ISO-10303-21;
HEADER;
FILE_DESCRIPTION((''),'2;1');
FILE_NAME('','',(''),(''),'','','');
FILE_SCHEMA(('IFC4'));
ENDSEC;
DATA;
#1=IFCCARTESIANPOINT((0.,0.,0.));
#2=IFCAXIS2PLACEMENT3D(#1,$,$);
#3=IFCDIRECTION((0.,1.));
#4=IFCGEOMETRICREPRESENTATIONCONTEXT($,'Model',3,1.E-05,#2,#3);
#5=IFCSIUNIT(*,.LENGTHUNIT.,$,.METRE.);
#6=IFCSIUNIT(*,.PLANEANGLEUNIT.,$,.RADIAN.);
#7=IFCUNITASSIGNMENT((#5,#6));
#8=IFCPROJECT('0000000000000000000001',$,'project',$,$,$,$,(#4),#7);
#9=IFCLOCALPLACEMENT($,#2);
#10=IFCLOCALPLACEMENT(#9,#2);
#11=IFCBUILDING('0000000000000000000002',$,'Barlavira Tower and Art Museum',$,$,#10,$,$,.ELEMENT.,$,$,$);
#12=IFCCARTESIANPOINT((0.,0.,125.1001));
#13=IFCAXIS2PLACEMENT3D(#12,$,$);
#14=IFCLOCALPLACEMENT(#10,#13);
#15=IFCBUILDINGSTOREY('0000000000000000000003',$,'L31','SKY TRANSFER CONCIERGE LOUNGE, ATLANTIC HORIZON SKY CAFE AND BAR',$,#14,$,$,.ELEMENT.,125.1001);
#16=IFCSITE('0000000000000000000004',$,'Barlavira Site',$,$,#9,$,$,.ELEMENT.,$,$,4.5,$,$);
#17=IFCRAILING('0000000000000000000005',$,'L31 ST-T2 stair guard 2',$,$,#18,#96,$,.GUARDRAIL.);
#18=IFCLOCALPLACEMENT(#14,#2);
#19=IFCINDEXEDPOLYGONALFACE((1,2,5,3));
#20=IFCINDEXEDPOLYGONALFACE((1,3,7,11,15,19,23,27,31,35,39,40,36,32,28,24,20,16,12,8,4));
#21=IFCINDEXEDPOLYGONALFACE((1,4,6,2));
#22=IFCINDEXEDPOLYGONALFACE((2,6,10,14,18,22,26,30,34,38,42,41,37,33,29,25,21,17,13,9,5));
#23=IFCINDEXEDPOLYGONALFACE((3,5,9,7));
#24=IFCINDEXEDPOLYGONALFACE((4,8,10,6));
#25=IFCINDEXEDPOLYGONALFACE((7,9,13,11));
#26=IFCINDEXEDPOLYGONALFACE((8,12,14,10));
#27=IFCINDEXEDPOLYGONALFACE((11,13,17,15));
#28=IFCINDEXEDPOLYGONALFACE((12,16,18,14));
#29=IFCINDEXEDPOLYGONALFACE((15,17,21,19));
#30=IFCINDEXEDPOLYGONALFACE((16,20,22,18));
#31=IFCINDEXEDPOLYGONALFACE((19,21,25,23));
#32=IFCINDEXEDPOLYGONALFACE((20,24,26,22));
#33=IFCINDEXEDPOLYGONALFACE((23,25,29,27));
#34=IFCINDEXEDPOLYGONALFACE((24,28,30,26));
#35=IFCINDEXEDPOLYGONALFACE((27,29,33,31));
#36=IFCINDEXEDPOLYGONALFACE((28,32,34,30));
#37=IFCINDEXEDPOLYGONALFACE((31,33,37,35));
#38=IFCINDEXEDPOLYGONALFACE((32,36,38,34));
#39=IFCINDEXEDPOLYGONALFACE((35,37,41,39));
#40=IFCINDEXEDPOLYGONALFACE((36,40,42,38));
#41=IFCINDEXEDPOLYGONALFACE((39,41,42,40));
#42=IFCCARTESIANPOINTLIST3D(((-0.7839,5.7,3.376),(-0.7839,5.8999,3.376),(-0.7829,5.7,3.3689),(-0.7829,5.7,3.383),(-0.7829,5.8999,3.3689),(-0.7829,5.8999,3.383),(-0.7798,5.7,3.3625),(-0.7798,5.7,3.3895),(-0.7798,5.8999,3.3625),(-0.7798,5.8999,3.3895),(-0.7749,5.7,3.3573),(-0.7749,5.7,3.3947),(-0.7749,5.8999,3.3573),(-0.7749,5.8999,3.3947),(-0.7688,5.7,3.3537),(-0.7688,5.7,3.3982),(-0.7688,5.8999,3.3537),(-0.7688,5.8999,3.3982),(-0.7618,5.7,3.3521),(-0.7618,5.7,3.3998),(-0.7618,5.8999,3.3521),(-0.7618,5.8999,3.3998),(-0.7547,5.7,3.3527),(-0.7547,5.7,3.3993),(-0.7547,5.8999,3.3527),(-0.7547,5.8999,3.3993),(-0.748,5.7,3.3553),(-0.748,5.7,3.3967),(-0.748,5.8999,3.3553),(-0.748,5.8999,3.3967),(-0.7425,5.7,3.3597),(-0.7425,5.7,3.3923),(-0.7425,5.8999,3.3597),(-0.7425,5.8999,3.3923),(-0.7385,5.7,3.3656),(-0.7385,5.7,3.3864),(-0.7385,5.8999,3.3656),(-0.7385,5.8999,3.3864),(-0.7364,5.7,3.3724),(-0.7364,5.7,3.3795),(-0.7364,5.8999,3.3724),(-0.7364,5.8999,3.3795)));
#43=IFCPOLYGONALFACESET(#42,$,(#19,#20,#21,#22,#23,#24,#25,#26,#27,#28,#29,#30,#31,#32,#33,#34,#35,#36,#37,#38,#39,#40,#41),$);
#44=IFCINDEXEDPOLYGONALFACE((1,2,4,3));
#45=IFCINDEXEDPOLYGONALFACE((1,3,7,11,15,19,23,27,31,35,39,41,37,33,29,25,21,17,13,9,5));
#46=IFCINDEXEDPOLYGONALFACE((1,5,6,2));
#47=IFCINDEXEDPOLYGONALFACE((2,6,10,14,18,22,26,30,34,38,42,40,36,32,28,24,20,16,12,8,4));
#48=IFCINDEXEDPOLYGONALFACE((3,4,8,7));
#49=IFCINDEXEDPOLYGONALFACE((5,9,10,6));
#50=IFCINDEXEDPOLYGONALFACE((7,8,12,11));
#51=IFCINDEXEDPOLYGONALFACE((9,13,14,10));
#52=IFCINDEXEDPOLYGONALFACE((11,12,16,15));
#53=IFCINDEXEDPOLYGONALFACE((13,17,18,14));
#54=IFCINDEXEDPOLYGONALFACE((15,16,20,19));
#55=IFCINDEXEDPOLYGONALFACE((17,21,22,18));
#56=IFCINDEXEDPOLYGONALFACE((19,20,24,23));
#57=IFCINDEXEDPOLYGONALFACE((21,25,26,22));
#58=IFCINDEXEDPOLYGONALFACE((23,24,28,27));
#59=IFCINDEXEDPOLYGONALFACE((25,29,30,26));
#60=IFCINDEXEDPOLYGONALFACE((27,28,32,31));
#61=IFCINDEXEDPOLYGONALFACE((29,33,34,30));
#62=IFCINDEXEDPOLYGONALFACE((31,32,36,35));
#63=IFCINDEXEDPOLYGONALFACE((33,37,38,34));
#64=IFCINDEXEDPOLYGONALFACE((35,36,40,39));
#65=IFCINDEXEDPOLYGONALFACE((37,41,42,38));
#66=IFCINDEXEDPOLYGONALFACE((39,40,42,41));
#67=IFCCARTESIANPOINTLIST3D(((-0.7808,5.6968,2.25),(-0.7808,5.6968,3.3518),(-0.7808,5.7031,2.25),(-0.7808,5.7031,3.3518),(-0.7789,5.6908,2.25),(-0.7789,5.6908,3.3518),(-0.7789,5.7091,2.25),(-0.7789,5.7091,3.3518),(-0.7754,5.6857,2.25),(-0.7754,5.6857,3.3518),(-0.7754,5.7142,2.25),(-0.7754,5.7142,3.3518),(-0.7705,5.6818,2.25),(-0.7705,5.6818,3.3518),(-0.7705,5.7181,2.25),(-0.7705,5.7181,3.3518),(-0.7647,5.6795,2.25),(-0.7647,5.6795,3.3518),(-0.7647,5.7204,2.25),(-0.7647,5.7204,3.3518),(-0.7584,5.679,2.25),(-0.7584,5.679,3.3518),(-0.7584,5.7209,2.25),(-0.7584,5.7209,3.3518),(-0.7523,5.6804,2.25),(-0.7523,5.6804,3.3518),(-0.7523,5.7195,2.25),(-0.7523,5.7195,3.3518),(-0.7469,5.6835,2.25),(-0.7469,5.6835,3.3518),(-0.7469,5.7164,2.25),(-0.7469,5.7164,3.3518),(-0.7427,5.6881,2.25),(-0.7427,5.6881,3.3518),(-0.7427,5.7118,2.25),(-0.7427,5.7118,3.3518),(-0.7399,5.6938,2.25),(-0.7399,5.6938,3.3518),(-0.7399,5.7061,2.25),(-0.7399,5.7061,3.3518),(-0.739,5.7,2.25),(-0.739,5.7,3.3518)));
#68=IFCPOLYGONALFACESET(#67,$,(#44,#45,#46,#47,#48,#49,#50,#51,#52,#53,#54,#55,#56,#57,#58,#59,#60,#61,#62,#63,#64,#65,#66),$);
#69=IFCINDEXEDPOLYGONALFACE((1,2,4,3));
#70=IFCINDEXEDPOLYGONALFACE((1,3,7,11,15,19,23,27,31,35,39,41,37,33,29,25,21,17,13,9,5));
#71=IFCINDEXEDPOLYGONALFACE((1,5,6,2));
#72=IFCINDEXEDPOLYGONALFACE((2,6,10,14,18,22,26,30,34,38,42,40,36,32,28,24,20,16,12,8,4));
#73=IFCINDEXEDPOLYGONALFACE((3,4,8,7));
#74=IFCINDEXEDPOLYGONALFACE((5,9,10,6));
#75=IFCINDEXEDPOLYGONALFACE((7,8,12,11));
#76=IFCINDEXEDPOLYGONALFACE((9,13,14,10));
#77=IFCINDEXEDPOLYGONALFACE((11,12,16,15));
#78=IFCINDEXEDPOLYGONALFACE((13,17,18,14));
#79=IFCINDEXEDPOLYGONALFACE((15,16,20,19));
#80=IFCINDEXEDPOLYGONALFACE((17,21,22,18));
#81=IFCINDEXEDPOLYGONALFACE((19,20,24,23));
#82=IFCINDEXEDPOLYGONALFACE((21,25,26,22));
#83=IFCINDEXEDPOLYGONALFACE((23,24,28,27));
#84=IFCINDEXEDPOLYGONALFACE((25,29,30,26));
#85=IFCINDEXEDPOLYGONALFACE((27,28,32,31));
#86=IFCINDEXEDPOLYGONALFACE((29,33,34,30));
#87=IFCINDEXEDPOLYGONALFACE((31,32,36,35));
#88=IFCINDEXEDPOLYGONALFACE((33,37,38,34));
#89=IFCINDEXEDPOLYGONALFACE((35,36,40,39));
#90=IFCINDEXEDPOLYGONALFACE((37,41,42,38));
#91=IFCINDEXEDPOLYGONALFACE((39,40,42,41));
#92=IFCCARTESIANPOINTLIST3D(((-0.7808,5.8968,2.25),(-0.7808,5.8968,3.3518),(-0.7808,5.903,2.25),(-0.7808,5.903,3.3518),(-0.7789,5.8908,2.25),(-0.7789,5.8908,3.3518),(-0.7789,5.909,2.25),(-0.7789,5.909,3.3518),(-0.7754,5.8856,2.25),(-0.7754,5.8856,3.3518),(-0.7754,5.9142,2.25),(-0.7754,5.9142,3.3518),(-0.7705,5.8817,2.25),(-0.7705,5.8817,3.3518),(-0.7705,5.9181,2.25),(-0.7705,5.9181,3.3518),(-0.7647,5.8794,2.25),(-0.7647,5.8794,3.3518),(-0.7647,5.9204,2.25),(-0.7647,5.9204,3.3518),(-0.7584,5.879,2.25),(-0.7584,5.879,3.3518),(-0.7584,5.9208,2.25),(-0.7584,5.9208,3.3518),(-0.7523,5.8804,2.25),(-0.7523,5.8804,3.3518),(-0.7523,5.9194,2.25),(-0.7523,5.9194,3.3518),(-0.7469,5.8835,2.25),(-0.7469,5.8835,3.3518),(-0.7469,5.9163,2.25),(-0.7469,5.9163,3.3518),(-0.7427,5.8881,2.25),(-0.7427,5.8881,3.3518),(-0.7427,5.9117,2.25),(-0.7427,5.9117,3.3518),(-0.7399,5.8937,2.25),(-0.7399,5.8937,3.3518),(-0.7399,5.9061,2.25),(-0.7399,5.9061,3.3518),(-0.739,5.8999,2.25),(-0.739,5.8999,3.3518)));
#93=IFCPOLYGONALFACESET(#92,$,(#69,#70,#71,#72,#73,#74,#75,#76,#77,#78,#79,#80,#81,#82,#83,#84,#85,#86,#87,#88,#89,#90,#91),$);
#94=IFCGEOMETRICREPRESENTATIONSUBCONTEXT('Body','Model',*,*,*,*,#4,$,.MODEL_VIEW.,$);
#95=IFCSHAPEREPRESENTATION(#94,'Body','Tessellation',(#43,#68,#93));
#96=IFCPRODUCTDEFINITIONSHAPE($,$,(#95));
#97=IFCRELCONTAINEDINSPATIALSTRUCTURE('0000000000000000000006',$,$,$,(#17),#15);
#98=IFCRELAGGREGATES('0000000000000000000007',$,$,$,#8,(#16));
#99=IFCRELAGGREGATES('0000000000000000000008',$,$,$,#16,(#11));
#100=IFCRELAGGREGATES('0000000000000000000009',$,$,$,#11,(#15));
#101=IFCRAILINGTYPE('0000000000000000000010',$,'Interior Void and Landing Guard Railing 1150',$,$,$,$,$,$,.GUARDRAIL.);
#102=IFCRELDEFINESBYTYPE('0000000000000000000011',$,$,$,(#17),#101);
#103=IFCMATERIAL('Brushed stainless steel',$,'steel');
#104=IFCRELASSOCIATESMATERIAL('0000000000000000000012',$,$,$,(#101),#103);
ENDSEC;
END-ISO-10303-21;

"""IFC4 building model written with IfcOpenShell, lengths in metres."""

from ifc_helpers import new_model, si_unit, direction, frame, origin, origin_2d, place, context, subcontext, project, spatial, circle, extrude, material, type_object, element, save


model = new_model("IFC4")

# Units and contexts
model_context = context("Model", 3, precision=1e-05, world=origin(), true_north=direction((0.0, 1.0)))
body_context = subcontext(model_context, "Body", "Model", "MODEL_VIEW")
ifc_project = project(units=[si_unit("LENGTHUNIT", "METRE"), si_unit("PLANEANGLEUNIT", "RADIAN")], contexts=[model_context])

# Site, building, storey
site_placement = place(None, origin())
site = spatial("IfcSite", under=ifc_project, at=site_placement, Name="Barlavira Site", CompositionType="ELEMENT", RefElevation=4.5)
building_placement = place(site_placement, origin())
building = spatial("IfcBuilding", under=site, at=building_placement, Name="Barlavira Tower and Art Museum", CompositionType="ELEMENT")
storey_placement = place(building_placement, frame((0.0, 0.0, 125.1001)))
storey = spatial("IfcBuildingStorey", under=building, at=storey_placement, Name="L31", Description="SKY TRANSFER CONCIERGE LOUNGE, ATLANTIC HORIZON SKY CAFE AND BAR", CompositionType="ELEMENT", Elevation=125.1001)

# Shared definitions
ifc_material_1 = material(Name="Brushed stainless steel", Category="steel")

# Railing
railing_type_1 = type_object("IfcRailingType", Name="Interior Void and Landing Guard Railing 1150", PredefinedType="GUARDRAIL", material=ifc_material_1)
railing_1_placement = place(storey_placement, frame((-0.76, 5.7, 2.25)))
element("IfcRailing", 1, at=railing_1_placement, inside=storey, type_object=railing_type_1, Name="L31 ST-T2 stair guard 2", PredefinedType="GUARDRAIL", context=body_context, shape_type="SweptSolid", body=[
    extrude(circle(Radius=0.0239, at=origin_2d()), frame((0.0, 0.0, 1.126), z_axis=(0.0, 1.0, 0.0), x_axis=(-1.0, 0.0, 0.0)), (0.0, 0.0, 1.0), 0.2),
    extrude(circle(Radius=0.021, at=origin_2d()), origin(), (0.0, 0.0, 1.0), 1.1018),
    extrude(circle(Radius=0.021, at=origin_2d()), frame((0.0, 0.2, 0.0)), (0.0, 0.0, 1.0), 1.1018),
])

save(model, "model.ifc")
